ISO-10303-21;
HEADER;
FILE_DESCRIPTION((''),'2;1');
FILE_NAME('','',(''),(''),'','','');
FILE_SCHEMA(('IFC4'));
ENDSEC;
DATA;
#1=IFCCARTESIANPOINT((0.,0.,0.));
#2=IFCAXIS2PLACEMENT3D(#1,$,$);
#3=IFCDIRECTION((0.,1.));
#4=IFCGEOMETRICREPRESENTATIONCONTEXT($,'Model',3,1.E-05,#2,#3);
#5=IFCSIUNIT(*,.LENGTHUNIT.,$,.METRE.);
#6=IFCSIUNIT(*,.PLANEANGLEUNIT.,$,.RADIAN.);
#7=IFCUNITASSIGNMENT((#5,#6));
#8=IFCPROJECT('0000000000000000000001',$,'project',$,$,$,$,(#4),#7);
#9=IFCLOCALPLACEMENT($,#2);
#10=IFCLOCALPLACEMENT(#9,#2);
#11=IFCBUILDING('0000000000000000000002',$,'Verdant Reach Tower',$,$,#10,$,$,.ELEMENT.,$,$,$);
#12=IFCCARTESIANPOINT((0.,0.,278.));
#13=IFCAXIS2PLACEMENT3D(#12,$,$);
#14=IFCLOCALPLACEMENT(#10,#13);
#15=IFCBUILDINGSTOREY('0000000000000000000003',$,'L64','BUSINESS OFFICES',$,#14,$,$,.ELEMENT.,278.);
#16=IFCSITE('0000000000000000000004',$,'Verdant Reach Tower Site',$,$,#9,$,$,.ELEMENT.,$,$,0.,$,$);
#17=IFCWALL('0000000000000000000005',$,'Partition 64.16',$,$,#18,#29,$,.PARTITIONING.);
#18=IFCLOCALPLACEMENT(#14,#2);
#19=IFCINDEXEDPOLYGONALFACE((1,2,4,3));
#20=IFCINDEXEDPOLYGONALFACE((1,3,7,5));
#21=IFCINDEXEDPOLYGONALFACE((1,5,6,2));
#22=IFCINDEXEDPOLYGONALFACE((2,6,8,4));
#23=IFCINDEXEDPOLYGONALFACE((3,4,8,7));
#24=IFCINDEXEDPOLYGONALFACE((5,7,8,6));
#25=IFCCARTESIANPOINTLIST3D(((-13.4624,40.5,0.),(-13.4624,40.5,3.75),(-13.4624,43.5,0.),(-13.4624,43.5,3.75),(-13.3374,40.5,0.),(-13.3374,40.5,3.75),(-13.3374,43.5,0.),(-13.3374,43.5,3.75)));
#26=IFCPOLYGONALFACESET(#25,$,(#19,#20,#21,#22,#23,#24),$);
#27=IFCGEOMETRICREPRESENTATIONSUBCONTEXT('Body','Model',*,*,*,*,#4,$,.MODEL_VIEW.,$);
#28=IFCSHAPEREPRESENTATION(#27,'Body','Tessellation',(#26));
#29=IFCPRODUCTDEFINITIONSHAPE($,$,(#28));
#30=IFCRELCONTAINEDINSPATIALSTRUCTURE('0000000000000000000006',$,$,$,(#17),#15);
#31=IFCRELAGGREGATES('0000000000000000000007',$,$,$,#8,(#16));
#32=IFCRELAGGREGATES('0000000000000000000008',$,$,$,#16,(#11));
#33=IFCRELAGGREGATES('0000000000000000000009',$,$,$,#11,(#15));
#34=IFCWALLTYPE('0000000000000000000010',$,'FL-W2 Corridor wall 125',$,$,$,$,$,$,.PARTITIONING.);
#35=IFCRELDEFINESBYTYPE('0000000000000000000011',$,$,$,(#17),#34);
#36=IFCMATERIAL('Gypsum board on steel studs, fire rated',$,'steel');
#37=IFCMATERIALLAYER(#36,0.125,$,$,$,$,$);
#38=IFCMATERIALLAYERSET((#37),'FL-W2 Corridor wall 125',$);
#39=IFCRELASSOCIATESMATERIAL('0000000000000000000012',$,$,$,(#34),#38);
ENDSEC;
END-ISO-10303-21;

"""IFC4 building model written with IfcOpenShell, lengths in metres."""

from ifc_helpers import new_model, si_unit, direction, frame, frame_2d, origin, place, context, subcontext, project, spatial, rectangle, extrude, material, layer, layer_set, type_object, element, save


model = new_model("IFC4")

# Units and contexts
model_context = context("Model", 3, precision=1e-05, world=origin(), true_north=direction((0.0, 1.0)))
body_context = subcontext(model_context, "Body", "Model", "MODEL_VIEW")
ifc_project = project(units=[si_unit("LENGTHUNIT", "METRE"), si_unit("PLANEANGLEUNIT", "RADIAN")], contexts=[model_context])

# Site, building, storey
site_placement = place(None, origin())
site = spatial("IfcSite", under=ifc_project, at=site_placement, Name="Verdant Reach Tower Site", CompositionType="ELEMENT", RefElevation=0.0)
building_placement = place(site_placement, origin())
building = spatial("IfcBuilding", under=site, at=building_placement, Name="Verdant Reach Tower", CompositionType="ELEMENT")
storey_placement = place(building_placement, frame((0.0, 0.0, 278.0)))
storey = spatial("IfcBuildingStorey", under=building, at=storey_placement, Name="L64", Description="BUSINESS OFFICES", CompositionType="ELEMENT", Elevation=278.0)

# Shared definitions
ifc_material_1 = material(Name="Gypsum board on steel studs, fire rated", Category="steel")
ifc_layer_1 = layer(ifc_material_1, 0.125)
ifc_layer_set_1 = layer_set([ifc_layer_1], Name="FL-W2 Corridor wall 125")
wall_type_1 = type_object("IfcWallType", Name="FL-W2 Corridor wall 125", PredefinedType="PARTITIONING", material=ifc_layer_set_1)

# Wall
wall_1_placement = place(storey_placement, frame((-13.3999, 40.5, 0.0), z_axis=(0.0, 0.0, 1.0), x_axis=(0.0, 1.0, 0.0)))
element("IfcWall", 1, at=wall_1_placement, inside=storey, type_object=wall_type_1, Name="Partition 64.16", PredefinedType="PARTITIONING", context=body_context, shape_type="SweptSolid", body=[
    extrude(rectangle(XDim=3.0, YDim=0.125, at=frame_2d((1.5, 0.0))), origin(), (0.0, 0.0, 1.0), 3.75),
])

save(model, "model.ifc")
